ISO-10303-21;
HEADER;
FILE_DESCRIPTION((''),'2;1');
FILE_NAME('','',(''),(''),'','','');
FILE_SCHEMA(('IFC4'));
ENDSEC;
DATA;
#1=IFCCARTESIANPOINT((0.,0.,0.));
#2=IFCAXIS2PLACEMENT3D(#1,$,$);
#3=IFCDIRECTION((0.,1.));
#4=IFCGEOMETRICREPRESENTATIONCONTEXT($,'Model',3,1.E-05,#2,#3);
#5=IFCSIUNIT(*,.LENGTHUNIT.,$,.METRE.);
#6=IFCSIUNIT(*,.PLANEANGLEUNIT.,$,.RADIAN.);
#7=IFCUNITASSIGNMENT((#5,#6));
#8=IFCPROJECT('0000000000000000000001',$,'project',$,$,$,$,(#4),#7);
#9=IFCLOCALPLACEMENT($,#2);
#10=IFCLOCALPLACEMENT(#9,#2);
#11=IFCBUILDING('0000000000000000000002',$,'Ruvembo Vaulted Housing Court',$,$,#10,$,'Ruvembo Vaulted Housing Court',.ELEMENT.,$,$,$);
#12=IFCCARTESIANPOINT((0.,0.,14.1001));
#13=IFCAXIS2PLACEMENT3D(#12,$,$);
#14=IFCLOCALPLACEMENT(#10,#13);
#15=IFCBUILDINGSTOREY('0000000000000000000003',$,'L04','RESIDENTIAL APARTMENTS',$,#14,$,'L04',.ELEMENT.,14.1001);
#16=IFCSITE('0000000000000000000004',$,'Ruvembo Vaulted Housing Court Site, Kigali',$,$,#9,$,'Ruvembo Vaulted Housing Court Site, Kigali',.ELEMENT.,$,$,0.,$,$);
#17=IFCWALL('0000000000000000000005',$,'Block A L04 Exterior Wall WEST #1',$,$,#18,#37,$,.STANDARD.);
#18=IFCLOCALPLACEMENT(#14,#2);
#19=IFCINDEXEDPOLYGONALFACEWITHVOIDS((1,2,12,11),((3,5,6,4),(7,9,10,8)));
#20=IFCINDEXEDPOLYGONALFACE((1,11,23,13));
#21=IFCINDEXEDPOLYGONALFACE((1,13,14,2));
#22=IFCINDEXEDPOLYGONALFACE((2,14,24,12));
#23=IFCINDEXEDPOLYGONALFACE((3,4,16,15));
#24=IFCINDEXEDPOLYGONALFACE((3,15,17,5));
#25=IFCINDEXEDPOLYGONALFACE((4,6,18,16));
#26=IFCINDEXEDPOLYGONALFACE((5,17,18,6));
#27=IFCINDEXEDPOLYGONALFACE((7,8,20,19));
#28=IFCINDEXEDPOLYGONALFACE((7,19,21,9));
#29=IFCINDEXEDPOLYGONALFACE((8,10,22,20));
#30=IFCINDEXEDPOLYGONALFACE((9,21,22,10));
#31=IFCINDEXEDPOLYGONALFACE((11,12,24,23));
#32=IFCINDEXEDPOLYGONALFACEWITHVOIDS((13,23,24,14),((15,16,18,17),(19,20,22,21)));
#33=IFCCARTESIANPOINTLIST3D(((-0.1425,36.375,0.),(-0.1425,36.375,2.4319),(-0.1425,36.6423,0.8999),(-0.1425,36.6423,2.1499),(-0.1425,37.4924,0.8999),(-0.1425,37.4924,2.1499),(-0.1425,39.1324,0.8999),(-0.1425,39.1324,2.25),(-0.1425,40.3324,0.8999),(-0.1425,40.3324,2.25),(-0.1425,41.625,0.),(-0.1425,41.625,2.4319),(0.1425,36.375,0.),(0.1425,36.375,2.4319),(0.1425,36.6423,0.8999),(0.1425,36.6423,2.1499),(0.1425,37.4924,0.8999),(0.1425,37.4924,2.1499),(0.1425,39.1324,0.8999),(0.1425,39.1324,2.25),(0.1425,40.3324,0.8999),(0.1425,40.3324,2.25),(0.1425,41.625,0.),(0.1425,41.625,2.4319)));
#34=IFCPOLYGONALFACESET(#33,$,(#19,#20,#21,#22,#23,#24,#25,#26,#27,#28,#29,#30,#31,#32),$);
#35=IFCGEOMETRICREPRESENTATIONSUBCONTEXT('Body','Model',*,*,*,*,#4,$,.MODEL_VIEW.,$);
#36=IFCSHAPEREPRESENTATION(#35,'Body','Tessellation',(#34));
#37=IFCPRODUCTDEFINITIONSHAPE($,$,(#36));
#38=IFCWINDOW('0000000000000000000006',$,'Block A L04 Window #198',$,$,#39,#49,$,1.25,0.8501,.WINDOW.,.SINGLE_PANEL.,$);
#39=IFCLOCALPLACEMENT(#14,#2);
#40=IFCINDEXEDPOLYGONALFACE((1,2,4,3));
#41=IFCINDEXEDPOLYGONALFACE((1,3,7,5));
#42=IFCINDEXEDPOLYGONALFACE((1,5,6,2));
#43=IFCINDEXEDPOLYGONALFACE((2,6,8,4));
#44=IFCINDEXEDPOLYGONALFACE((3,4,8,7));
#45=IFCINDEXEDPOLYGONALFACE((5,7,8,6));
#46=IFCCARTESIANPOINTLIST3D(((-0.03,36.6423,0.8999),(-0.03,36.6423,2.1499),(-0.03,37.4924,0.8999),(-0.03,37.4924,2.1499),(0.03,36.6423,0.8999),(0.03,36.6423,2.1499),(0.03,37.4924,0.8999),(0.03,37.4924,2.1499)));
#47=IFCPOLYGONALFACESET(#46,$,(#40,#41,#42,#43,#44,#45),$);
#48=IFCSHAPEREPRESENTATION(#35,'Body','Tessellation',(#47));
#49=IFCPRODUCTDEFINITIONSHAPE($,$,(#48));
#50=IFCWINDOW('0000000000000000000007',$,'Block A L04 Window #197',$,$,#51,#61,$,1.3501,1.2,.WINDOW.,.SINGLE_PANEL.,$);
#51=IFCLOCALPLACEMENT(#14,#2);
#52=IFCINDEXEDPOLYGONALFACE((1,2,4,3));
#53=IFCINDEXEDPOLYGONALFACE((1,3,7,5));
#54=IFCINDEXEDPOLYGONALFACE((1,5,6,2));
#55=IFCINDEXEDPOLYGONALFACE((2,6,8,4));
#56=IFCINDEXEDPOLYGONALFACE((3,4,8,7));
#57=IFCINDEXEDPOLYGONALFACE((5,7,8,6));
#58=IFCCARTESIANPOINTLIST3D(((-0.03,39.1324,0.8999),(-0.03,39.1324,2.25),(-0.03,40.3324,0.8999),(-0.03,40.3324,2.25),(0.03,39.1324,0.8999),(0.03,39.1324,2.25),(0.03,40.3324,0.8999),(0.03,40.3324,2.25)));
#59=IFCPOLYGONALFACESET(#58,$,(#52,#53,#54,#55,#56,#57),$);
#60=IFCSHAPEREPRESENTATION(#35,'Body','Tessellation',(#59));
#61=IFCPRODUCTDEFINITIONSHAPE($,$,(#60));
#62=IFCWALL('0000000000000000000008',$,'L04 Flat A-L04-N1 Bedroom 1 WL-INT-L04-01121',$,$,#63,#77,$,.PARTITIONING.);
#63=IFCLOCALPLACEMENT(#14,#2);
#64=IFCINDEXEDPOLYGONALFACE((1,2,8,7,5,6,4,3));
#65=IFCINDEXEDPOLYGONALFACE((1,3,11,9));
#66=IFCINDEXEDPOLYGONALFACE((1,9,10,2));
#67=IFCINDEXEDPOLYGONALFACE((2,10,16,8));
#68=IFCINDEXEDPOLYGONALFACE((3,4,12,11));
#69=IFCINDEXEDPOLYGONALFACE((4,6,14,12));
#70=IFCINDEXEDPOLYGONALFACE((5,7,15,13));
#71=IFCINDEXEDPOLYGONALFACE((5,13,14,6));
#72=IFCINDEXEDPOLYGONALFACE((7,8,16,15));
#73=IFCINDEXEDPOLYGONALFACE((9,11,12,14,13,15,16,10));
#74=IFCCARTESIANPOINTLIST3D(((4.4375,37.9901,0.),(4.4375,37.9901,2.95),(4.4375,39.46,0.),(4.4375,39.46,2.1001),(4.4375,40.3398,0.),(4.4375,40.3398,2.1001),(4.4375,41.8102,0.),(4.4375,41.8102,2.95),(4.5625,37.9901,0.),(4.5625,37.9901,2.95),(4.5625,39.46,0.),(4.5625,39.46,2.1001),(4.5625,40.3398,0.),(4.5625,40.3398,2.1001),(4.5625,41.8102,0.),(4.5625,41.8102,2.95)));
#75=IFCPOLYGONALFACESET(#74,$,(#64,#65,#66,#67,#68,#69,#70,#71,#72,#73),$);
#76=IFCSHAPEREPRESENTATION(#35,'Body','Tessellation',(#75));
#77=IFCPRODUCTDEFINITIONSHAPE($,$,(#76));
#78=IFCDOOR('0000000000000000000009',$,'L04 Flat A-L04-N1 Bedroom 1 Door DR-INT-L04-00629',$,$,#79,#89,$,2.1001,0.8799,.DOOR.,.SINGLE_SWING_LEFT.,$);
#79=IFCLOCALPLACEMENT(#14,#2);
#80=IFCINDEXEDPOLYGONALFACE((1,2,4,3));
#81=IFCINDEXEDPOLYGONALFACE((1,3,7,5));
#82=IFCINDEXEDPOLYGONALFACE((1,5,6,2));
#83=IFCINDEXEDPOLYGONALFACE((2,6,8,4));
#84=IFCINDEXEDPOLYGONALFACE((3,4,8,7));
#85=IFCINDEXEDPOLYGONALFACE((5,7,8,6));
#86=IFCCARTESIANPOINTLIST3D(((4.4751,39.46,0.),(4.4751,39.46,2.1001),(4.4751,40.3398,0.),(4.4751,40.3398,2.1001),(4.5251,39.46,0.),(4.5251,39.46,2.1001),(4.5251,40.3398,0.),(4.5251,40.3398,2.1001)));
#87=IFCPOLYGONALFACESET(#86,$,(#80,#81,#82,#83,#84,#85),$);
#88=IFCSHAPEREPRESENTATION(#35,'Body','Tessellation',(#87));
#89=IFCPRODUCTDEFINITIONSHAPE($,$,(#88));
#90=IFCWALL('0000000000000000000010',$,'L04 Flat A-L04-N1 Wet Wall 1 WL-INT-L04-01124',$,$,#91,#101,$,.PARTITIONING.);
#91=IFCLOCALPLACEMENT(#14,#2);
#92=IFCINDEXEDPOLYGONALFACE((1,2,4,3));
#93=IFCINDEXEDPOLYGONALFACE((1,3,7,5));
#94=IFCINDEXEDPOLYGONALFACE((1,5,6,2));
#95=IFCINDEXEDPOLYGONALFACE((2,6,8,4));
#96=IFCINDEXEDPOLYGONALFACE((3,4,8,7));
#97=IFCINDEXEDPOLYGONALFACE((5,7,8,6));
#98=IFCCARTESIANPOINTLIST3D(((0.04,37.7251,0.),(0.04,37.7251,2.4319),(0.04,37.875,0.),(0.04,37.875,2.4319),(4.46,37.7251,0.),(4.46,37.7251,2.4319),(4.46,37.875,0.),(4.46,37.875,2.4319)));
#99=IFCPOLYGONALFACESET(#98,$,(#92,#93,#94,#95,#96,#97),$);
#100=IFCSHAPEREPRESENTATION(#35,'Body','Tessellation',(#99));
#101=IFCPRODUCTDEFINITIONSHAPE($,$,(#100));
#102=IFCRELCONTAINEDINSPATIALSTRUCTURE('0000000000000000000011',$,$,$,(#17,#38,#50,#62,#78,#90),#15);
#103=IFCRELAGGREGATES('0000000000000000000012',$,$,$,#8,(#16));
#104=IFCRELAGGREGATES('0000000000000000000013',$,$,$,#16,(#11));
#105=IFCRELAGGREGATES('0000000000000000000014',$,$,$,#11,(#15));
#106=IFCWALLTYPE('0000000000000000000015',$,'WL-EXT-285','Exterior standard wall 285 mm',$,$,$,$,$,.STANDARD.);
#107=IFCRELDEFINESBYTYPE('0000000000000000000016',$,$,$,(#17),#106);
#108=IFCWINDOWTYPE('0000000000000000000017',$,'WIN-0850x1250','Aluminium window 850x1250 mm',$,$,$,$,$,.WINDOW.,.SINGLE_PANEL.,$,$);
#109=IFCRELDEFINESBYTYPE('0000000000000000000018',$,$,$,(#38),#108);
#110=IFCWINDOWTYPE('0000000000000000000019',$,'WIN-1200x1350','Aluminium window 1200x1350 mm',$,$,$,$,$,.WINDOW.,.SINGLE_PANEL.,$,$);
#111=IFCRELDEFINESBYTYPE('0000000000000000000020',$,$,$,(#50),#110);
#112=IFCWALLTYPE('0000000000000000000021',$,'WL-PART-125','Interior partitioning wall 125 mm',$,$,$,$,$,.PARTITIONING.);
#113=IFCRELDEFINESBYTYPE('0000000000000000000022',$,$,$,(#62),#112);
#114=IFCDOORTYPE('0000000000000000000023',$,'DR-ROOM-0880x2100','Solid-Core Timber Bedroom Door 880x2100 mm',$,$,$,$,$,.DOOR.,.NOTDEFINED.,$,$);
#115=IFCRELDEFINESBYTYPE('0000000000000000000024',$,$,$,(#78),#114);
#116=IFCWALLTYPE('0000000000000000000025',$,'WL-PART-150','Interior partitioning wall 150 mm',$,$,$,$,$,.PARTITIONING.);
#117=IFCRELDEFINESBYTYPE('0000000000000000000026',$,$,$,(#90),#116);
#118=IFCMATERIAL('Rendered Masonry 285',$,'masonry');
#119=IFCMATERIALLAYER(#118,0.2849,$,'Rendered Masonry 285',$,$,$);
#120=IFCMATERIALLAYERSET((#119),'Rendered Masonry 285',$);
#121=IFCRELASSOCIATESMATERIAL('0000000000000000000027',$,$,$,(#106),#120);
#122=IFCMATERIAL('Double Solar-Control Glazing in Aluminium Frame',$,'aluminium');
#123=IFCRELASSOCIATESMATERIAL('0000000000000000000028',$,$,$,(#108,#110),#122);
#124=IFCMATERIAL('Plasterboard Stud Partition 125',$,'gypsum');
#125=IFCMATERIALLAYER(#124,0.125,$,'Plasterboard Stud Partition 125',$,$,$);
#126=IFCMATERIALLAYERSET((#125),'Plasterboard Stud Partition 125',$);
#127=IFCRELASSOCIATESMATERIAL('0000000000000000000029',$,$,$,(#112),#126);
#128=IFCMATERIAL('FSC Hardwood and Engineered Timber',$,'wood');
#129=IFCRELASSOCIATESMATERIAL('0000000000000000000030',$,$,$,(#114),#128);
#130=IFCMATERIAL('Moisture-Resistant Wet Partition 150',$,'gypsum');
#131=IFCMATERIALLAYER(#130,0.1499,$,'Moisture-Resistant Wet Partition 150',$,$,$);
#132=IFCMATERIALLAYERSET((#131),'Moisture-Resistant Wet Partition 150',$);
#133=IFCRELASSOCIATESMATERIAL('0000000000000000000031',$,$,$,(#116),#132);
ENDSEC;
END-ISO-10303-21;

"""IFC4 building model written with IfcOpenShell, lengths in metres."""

from ifc_helpers import new_model, si_unit, direction, frame, frame_2d, origin, place, context, subcontext, project, spatial, rectangle, extrude, material, layer, layer_set, type_object, element, fill, save


model = new_model("IFC4")

# Units and contexts
model_context = context("Model", 3, precision=1e-05, world=origin(), true_north=direction((0.0, 1.0)))
body_context = subcontext(model_context, "Body", "Model", "MODEL_VIEW")
ifc_project = project(units=[si_unit("LENGTHUNIT", "METRE"), si_unit("PLANEANGLEUNIT", "RADIAN")], contexts=[model_context])

# Site, building, storey
site_placement = place(None, origin())
site = spatial("IfcSite", under=ifc_project, at=site_placement, Name="Ruvembo Vaulted Housing Court Site, Kigali", LongName="Ruvembo Vaulted Housing Court Site, Kigali", CompositionType="ELEMENT", RefElevation=0.0)
building_placement = place(site_placement, origin())
building = spatial("IfcBuilding", under=site, at=building_placement, Name="Ruvembo Vaulted Housing Court", LongName="Ruvembo Vaulted Housing Court", CompositionType="ELEMENT")
storey_placement = place(building_placement, frame((0.0, 0.0, 14.1001)))
storey = spatial("IfcBuildingStorey", under=building, at=storey_placement, Name="L04", Description="RESIDENTIAL APARTMENTS", LongName="L04", CompositionType="ELEMENT", Elevation=14.1001)

# Wall, openings, windows
ifc_material_1 = material(Name="Rendered Masonry 285", Category="masonry")
ifc_layer_1 = layer(ifc_material_1, 0.2849, Name="Rendered Masonry 285")
ifc_layer_set_1 = layer_set([ifc_layer_1], Name="Rendered Masonry 285")
wall_type_1 = type_object("IfcWallType", Name="WL-EXT-285", Description="Exterior standard wall 285 mm", PredefinedType="STANDARD", material=ifc_layer_set_1)
ifc_material_2 = material(Name="Double Solar-Control Glazing in Aluminium Frame", Category="aluminium")
window_type_1 = type_object("IfcWindowType", Name="WIN-0850x1250", Description="Aluminium window 850x1250 mm", PartitioningType="SINGLE_PANEL", PredefinedType="WINDOW", material=ifc_material_2)
wall_1_placement = place(storey_placement, frame((0.0, 41.625, 0.0), z_axis=(0.0, 0.0, 1.0), x_axis=(0.0, -1.0, 0.0)))
wall_1 = element("IfcWall", 1, at=wall_1_placement, inside=storey, type_object=wall_type_1, Name="Block A L04 Exterior Wall WEST #1", PredefinedType="STANDARD", context=body_context, shape_type="SweptSolid", body=[
    extrude(rectangle(XDim=5.25, YDim=0.2849, at=frame_2d((2.625, 0.0))), origin(), (0.0, 0.0, 1.0), 2.4319),
])
opening_1_placement = place(wall_1_placement, frame((1.2925, 0.0, 0.8999)))
opening_1 = element("IfcOpeningElement", 2, at=opening_1_placement, cuts=wall_1, PredefinedType="OPENING", context=body_context, shape_type="SweptSolid", body=[
    extrude(rectangle(XDim=1.2, YDim=1.3501, at=frame_2d((0.6001, 0.675))), frame((0.0, 0.1523, 0.0), z_axis=(0.0, -1.0, 0.0), x_axis=(1.0, 0.0, 0.0)), (0.0, 0.0, 1.0), 0.3049),
])
opening_2_placement = place(wall_1_placement, frame((4.1326, 0.0, 0.8999)))
opening_2 = element("IfcOpeningElement", 3, at=opening_2_placement, cuts=wall_1, PredefinedType="OPENING", context=body_context, shape_type="SweptSolid", body=[
    extrude(rectangle(XDim=0.8501, YDim=1.25, at=frame_2d((0.425, 0.625))), frame((0.0, 0.1523, 0.0), z_axis=(0.0, -1.0, 0.0), x_axis=(1.0, 0.0, 0.0)), (0.0, 0.0, 1.0), 0.3049),
])
window_1_placement = place(opening_2_placement, origin())
window_1 = element("IfcWindow", 4, at=window_1_placement, inside=storey, type_object=window_type_1, Name="Block A L04 Window #198", OverallHeight=1.25, OverallWidth=0.8501, PartitioningType="SINGLE_PANEL", PredefinedType="WINDOW", context=body_context, shape_type="SweptSolid", body=[
    extrude(rectangle(XDim=0.8501, YDim=1.25, at=frame_2d((0.425, 0.625))), frame((0.0, 0.03, 0.0), z_axis=(0.0, -1.0, 0.0), x_axis=(1.0, 0.0, 0.0)), (0.0, 0.0, 1.0), 0.0601),
])
fill(opening_2, window_1)
window_type_2 = type_object("IfcWindowType", Name="WIN-1200x1350", Description="Aluminium window 1200x1350 mm", PartitioningType="SINGLE_PANEL", PredefinedType="WINDOW", material=ifc_material_2)
window_2_placement = place(opening_1_placement, origin())
window_2 = element("IfcWindow", 5, at=window_2_placement, inside=storey, type_object=window_type_2, Name="Block A L04 Window #197", OverallHeight=1.3501, OverallWidth=1.2, PartitioningType="SINGLE_PANEL", PredefinedType="WINDOW", context=body_context, shape_type="SweptSolid", body=[
    extrude(rectangle(XDim=1.2, YDim=1.3501, at=frame_2d((0.6001, 0.675))), frame((0.0, 0.03, 0.0), z_axis=(0.0, -1.0, 0.0), x_axis=(1.0, 0.0, 0.0)), (0.0, 0.0, 1.0), 0.0601),
])
fill(opening_1, window_2)

# Wall, opening, door
ifc_material_3 = material(Name="Plasterboard Stud Partition 125", Category="gypsum")
ifc_layer_2 = layer(ifc_material_3, 0.125, Name="Plasterboard Stud Partition 125")
ifc_layer_set_2 = layer_set([ifc_layer_2], Name="Plasterboard Stud Partition 125")
wall_type_2 = type_object("IfcWallType", Name="WL-PART-125", Description="Interior partitioning wall 125 mm", PredefinedType="PARTITIONING", material=ifc_layer_set_2)
wall_2_placement = place(storey_placement, frame((4.5, 37.99, 0.0), z_axis=(0.0, 0.0, 1.0), x_axis=(0.0, 1.0, 0.0)))
wall_2 = element("IfcWall", 6, at=wall_2_placement, inside=storey, type_object=wall_type_2, Name="L04 Flat A-L04-N1 Bedroom 1 WL-INT-L04-01121", PredefinedType="PARTITIONING", context=body_context, shape_type="SweptSolid", body=[
    extrude(rectangle(XDim=3.8201, YDim=0.125, at=frame_2d((1.9102, 0.0))), origin(), (0.0, 0.0, 1.0), 2.95),
])
opening_3_placement = place(wall_2_placement, frame((1.47, 0.0, 0.0)))
opening_3 = element("IfcOpeningElement", 7, at=opening_3_placement, cuts=wall_2, PredefinedType="OPENING", context=body_context, shape_type="SweptSolid", body=[
    extrude(rectangle(XDim=0.8799, YDim=2.1001, at=frame_2d((0.4399, 1.05))), frame((0.0, 0.0725, 0.0), z_axis=(0.0, -1.0, 0.0), x_axis=(1.0, 0.0, 0.0)), (0.0, 0.0, 1.0), 0.145),
])
ifc_material_4 = material(Name="FSC Hardwood and Engineered Timber", Category="wood")
door_type = type_object("IfcDoorType", Name="DR-ROOM-0880x2100", Description="Solid-Core Timber Bedroom Door 880x2100 mm", OperationType="NOTDEFINED", PredefinedType="DOOR", material=ifc_material_4)
door_placement = place(opening_3_placement, origin())
door = element("IfcDoor", 8, at=door_placement, inside=storey, type_object=door_type, Name="L04 Flat A-L04-N1 Bedroom 1 Door DR-INT-L04-00629", OperationType="SINGLE_SWING_LEFT", OverallHeight=2.1001, OverallWidth=0.8799, PredefinedType="DOOR", context=body_context, shape_type="SweptSolid", body=[
    extrude(rectangle(XDim=0.8799, YDim=2.1001, at=frame_2d((0.4399, 1.05))), frame((0.0, 0.0249, 0.0), z_axis=(0.0, -1.0, 0.0), x_axis=(1.0, 0.0, 0.0)), (0.0, 0.0, 1.0), 0.05),
])
fill(opening_3, door)

# Wall
ifc_material_5 = material(Name="Moisture-Resistant Wet Partition 150", Category="gypsum")
ifc_layer_3 = layer(ifc_material_5, 0.1499, Name="Moisture-Resistant Wet Partition 150")
ifc_layer_set_3 = layer_set([ifc_layer_3], Name="Moisture-Resistant Wet Partition 150")
wall_type_3 = type_object("IfcWallType", Name="WL-PART-150", Description="Interior partitioning wall 150 mm", PredefinedType="PARTITIONING", material=ifc_layer_set_3)
wall_3_placement = place(storey_placement, frame((0.04, 37.8, 0.0), z_axis=(0.0, 0.0, 1.0), x_axis=(1.0, 0.0, 0.0)))
element("IfcWall", 9, at=wall_3_placement, inside=storey, type_object=wall_type_3, Name="L04 Flat A-L04-N1 Wet Wall 1 WL-INT-L04-01124", PredefinedType="PARTITIONING", context=body_context, shape_type="SweptSolid", body=[
    extrude(rectangle(XDim=4.4199, YDim=0.1499, at=frame_2d((2.21, 0.0))), origin(), (0.0, 0.0, 1.0), 2.4319),
])

save(model, "model.ifc")
